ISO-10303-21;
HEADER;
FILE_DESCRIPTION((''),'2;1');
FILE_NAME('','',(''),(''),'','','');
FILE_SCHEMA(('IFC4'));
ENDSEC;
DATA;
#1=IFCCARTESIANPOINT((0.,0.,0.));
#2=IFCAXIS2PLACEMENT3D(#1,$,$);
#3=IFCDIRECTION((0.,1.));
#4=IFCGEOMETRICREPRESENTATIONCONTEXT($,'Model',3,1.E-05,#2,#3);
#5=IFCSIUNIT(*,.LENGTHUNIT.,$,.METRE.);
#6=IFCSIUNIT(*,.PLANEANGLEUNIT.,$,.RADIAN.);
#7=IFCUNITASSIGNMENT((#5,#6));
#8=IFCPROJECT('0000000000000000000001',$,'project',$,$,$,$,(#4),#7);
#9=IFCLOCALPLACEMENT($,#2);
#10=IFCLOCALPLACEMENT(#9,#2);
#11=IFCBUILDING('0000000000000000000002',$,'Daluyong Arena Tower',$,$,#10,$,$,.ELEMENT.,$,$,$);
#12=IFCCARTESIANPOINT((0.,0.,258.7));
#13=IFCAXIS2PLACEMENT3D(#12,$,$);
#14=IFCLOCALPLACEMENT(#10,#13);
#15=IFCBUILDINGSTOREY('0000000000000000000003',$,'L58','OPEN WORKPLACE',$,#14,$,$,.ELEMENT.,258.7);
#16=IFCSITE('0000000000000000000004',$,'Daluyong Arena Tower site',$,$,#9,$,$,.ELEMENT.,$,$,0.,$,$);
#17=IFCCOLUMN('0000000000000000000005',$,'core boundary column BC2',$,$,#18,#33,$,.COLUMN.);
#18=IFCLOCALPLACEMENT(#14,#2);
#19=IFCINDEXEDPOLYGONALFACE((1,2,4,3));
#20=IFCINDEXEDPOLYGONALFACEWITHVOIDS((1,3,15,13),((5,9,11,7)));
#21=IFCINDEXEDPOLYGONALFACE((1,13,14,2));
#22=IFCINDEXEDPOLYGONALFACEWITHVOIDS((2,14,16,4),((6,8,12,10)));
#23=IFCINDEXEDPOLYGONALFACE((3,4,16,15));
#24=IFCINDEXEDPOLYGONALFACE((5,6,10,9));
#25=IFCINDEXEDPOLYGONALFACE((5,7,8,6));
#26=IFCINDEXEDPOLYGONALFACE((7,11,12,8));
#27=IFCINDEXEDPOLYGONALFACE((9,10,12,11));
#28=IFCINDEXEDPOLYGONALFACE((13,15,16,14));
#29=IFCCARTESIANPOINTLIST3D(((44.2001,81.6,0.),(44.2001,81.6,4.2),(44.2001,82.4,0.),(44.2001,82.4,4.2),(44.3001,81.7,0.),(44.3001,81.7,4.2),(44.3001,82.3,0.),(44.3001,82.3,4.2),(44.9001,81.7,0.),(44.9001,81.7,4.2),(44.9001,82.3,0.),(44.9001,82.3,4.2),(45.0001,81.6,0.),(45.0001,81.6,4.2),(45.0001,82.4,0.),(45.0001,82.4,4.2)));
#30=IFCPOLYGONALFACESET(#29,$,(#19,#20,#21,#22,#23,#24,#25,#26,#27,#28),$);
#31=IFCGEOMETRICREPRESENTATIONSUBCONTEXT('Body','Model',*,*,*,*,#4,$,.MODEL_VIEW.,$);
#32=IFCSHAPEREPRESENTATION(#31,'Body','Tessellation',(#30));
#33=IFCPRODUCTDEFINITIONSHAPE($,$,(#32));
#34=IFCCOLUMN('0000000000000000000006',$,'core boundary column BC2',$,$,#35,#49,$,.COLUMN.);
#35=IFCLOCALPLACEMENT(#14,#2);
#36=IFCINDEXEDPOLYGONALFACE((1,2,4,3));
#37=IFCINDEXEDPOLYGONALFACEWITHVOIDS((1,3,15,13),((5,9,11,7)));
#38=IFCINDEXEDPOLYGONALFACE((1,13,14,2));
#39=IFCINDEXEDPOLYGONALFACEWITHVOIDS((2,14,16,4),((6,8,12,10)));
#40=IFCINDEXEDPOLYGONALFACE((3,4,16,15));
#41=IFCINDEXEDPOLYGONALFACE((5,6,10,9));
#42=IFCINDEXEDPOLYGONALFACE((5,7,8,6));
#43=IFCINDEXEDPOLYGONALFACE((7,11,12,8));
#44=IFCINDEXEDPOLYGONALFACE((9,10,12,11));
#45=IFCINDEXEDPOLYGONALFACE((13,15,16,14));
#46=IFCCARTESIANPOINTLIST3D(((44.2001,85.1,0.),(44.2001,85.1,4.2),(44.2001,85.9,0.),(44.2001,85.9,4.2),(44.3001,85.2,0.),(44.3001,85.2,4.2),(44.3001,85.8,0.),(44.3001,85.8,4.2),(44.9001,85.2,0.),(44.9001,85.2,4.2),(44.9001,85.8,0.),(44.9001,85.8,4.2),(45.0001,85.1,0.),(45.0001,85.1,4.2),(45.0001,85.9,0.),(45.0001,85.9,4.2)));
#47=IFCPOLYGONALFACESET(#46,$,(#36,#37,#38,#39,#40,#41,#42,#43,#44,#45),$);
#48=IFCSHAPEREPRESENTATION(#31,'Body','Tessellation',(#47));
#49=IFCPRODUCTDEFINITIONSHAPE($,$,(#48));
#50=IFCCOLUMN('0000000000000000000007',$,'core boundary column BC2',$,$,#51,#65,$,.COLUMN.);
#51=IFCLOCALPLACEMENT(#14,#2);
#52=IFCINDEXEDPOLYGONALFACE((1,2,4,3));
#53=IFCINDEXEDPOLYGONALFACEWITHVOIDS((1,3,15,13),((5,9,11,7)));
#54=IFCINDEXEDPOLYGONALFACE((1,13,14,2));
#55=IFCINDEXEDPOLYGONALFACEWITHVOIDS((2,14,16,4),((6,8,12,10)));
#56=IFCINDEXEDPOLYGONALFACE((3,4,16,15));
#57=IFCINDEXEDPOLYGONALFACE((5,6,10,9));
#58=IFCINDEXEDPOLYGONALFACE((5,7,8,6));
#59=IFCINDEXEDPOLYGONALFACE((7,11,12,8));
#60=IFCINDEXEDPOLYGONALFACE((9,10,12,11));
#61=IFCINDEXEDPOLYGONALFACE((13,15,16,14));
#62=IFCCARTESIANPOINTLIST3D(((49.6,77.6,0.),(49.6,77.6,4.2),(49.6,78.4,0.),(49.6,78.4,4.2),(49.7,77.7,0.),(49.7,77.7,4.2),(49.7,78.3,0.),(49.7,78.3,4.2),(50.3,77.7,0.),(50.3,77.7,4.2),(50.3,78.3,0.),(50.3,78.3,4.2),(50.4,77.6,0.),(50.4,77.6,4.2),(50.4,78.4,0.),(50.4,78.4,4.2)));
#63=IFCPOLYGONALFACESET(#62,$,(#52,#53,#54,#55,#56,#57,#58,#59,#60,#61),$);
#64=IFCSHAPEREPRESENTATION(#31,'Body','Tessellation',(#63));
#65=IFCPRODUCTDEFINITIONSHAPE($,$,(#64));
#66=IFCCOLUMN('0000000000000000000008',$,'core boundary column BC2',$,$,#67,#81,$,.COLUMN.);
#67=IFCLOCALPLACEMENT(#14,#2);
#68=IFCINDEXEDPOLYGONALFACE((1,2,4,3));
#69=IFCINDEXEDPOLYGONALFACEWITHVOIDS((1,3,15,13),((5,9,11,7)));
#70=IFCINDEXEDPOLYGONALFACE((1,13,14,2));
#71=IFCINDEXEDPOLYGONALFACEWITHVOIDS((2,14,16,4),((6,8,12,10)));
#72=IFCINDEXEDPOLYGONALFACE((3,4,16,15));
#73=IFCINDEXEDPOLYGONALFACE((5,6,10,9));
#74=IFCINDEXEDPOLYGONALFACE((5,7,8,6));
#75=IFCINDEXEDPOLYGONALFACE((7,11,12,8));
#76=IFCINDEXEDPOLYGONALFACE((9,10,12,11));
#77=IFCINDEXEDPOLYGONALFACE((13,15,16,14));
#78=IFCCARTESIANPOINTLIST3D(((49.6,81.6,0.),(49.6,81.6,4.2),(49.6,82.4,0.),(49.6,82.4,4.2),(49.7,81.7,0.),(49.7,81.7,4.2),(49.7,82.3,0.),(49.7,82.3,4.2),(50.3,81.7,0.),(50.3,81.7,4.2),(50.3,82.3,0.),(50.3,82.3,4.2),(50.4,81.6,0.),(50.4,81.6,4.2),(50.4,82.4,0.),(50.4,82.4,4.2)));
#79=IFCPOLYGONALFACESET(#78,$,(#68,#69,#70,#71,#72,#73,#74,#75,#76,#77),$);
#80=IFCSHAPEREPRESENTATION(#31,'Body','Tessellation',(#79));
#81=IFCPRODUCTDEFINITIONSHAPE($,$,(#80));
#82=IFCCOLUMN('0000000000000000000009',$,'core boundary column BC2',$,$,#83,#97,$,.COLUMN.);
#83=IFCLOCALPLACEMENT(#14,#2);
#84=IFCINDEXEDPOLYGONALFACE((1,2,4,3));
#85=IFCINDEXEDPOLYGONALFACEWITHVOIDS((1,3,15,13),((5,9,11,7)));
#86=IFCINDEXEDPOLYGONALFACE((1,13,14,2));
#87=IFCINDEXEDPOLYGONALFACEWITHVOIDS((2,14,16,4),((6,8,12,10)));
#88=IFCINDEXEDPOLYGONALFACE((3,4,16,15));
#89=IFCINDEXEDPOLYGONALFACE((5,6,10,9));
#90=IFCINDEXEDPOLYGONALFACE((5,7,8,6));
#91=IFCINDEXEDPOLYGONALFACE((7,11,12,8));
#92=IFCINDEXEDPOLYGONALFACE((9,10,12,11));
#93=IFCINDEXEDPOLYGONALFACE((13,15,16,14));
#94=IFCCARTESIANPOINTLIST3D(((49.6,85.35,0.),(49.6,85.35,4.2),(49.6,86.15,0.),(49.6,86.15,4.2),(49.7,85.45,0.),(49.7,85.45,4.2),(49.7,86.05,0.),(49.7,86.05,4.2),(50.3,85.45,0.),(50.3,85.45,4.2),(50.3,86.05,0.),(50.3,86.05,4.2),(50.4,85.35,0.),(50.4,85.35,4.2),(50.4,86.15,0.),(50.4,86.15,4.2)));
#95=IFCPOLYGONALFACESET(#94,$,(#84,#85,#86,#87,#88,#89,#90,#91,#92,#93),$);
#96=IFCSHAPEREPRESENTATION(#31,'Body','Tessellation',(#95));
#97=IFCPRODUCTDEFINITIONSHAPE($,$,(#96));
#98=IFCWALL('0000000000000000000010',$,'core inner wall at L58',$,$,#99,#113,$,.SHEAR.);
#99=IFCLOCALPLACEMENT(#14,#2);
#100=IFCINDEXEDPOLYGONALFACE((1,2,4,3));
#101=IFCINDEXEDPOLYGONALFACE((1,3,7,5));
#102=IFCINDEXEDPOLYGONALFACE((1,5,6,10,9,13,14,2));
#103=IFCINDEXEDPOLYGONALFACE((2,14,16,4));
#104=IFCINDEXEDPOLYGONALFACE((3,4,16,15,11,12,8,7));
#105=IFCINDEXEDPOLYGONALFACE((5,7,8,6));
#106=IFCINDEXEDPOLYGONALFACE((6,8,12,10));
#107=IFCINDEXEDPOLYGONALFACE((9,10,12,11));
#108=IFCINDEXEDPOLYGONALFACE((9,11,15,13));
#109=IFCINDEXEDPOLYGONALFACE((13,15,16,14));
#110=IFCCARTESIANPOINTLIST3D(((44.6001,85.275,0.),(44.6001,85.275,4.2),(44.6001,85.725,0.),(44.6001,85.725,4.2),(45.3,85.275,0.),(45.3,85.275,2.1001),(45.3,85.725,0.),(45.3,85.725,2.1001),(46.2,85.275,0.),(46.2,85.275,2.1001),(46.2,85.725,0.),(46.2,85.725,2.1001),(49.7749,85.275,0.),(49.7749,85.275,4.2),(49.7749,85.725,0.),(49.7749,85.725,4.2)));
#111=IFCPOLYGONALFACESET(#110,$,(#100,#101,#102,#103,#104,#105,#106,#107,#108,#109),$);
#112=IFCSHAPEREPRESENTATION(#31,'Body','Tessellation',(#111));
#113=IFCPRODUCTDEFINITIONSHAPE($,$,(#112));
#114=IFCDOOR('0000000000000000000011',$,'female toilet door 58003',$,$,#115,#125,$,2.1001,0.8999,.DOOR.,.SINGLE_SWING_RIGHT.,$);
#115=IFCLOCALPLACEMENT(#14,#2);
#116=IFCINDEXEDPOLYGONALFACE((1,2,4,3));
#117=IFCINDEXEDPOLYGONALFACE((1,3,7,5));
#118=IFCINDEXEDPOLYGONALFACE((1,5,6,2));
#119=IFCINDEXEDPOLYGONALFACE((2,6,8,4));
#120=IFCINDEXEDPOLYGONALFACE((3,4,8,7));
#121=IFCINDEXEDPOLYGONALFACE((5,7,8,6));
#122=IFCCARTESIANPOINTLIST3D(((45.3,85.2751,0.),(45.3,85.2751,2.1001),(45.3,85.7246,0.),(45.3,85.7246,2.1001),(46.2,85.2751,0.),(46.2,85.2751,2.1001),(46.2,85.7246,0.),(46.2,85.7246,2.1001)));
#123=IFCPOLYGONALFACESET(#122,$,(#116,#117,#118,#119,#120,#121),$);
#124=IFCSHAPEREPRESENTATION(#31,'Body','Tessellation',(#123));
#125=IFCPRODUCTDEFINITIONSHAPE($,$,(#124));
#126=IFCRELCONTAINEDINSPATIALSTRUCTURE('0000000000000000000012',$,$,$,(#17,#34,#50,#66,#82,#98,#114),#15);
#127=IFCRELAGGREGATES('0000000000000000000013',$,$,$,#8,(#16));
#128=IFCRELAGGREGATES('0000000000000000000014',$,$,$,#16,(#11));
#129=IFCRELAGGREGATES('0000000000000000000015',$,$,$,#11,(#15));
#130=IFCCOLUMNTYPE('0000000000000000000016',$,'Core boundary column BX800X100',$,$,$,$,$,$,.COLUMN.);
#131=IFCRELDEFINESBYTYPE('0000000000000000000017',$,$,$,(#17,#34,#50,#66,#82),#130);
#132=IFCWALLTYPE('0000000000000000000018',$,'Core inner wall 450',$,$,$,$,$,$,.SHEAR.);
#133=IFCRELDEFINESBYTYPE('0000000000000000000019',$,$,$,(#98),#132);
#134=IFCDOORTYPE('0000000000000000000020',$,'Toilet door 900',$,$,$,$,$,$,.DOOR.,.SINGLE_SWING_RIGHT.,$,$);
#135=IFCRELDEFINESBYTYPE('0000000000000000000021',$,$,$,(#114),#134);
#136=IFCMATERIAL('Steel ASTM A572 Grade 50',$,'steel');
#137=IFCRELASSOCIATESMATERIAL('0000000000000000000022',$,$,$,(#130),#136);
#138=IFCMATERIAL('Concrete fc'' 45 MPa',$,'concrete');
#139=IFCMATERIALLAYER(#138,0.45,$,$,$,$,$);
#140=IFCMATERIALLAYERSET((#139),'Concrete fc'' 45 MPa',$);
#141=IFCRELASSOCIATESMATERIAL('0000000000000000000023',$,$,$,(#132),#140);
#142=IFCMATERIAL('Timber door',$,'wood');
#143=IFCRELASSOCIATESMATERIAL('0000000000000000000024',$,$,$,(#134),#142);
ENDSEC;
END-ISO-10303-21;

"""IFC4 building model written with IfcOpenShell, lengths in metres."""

from ifc_helpers import new_model, si_unit, direction, frame, frame_2d, origin, origin_2d, place, context, subcontext, project, spatial, rectangle, hollow_rectangle, extrude, material, layer, layer_set, material_profile, profile_set, type_object, element, fill, save


model = new_model("IFC4")

# Units and contexts
model_context = context("Model", 3, precision=1e-05, world=origin(), true_north=direction((0.0, 1.0)))
body_context = subcontext(model_context, "Body", "Model", "MODEL_VIEW")
ifc_project = project(units=[si_unit("LENGTHUNIT", "METRE"), si_unit("PLANEANGLEUNIT", "RADIAN")], contexts=[model_context])

# Site, building, storey
site_placement = place(None, origin())
site = spatial("IfcSite", under=ifc_project, at=site_placement, Name="Daluyong Arena Tower site", CompositionType="ELEMENT", RefElevation=0.0)
building_placement = place(site_placement, origin())
building = spatial("IfcBuilding", under=site, at=building_placement, Name="Daluyong Arena Tower", CompositionType="ELEMENT")
storey_placement = place(building_placement, frame((0.0, 0.0, 258.7)))
storey = spatial("IfcBuildingStorey", under=building, at=storey_placement, Name="L58", Description="OPEN WORKPLACE", CompositionType="ELEMENT", Elevation=258.7)

# Columns
ifc_material_1 = material(Name="Steel ASTM A572 Grade 50", Category="steel")
ifc_material_profile = material_profile(ifc_material_1, hollow_rectangle(XDim=0.8, YDim=0.8, WallThickness=0.1, at=origin_2d()))
ifc_profile_set = profile_set([ifc_material_profile], Name="Steel ASTM A572 Grade 50")
column_type = type_object("IfcColumnType", Name="Core boundary column BX800X100", PredefinedType="COLUMN", material=ifc_profile_set)
for number, where, z_axis, x_axis, name in (
    (1, (44.6001, 82.0, 0.0), (0.0, 0.0, 1.0), (1.0, 0.0, 0.0), "core boundary column BC2"),
    (2, (44.6001, 85.5, 0.0), (0.0, 0.0, 1.0), (1.0, 0.0, 0.0), "core boundary column BC2"),
    (3, (50.0, 78.0, 0.0), (0.0, 0.0, 1.0), (1.0, 0.0, 0.0), "core boundary column BC2"),
    (4, (50.0, 82.0, 0.0), (0.0, 0.0, 1.0), (1.0, 0.0, 0.0), "core boundary column BC2"),
    (5, (50.0, 85.75, 0.0), (0.0, 0.0, 1.0), (1.0, 0.0, 0.0), "core boundary column BC2"),
):
    element("IfcColumn", number, at=place(storey_placement, frame(where, z_axis=z_axis, x_axis=x_axis)), inside=storey, type_object=column_type, Name=name, PredefinedType="COLUMN", context=body_context, shape_type="SweptSolid", body=[
        extrude(hollow_rectangle(XDim=0.8, YDim=0.8, WallThickness=0.1, at=origin_2d()), origin(), (0.0, 0.0, 1.0), 4.2),
    ])

# Wall, opening, door
ifc_material_2 = material(Name="Concrete fc' 45 MPa", Category="concrete")
ifc_layer_1 = layer(ifc_material_2, 0.45)
ifc_layer_set_1 = layer_set([ifc_layer_1], Name="Concrete fc' 45 MPa")
wall_type_1 = type_object("IfcWallType", Name="Core inner wall 450", PredefinedType="SHEAR", material=ifc_layer_set_1)
wall_1_placement = place(storey_placement, frame((44.6001, 85.5, 0.0), z_axis=(0.0, 0.0, 1.0), x_axis=(1.0, 0.0, 0.0)))
wall_1 = element("IfcWall", 6, at=wall_1_placement, inside=storey, type_object=wall_type_1, Name="core inner wall at L58", PredefinedType="SHEAR", context=body_context, shape_type="SweptSolid", body=[
    extrude(rectangle(XDim=5.1748, YDim=0.45, at=frame_2d((2.5874, 0.0))), origin(), (0.0, 0.0, 1.0), 4.2),
])
opening_1_placement = place(wall_1_placement, frame((0.7, 0.0, 0.0)))
opening_1 = element("IfcOpeningElement", 7, at=opening_1_placement, cuts=wall_1, PredefinedType="OPENING", context=body_context, shape_type="SweptSolid", body=[
    extrude(rectangle(XDim=0.8999, YDim=2.1001, at=frame_2d((0.45, 1.05))), frame((0.0, 0.2349, 0.0), z_axis=(0.0, -1.0, 0.0), x_axis=(1.0, 0.0, 0.0)), (0.0, 0.0, 1.0), 0.47),
])
ifc_material_3 = material(Name="Timber door", Category="wood")
door_type_1 = type_object("IfcDoorType", Name="Toilet door 900", OperationType="SINGLE_SWING_RIGHT", PredefinedType="DOOR", material=ifc_material_3)
door_1_placement = place(opening_1_placement, origin())
door_1 = element("IfcDoor", 8, at=door_1_placement, inside=storey, type_object=door_type_1, Name="female toilet door 58003", OperationType="SINGLE_SWING_RIGHT", OverallHeight=2.1001, OverallWidth=0.8999, PredefinedType="DOOR", context=body_context, shape_type="SweptSolid", body=[
    extrude(rectangle(XDim=0.8999, YDim=2.1001, at=frame_2d((0.45, 1.05))), frame((0.0, 0.2246, 0.0), z_axis=(0.0, -1.0, 0.0), x_axis=(1.0, 0.0, 0.0)), (0.0, 0.0, 1.0), 0.4495),
])
fill(opening_1, door_1)

save(model, "model.ifc")
